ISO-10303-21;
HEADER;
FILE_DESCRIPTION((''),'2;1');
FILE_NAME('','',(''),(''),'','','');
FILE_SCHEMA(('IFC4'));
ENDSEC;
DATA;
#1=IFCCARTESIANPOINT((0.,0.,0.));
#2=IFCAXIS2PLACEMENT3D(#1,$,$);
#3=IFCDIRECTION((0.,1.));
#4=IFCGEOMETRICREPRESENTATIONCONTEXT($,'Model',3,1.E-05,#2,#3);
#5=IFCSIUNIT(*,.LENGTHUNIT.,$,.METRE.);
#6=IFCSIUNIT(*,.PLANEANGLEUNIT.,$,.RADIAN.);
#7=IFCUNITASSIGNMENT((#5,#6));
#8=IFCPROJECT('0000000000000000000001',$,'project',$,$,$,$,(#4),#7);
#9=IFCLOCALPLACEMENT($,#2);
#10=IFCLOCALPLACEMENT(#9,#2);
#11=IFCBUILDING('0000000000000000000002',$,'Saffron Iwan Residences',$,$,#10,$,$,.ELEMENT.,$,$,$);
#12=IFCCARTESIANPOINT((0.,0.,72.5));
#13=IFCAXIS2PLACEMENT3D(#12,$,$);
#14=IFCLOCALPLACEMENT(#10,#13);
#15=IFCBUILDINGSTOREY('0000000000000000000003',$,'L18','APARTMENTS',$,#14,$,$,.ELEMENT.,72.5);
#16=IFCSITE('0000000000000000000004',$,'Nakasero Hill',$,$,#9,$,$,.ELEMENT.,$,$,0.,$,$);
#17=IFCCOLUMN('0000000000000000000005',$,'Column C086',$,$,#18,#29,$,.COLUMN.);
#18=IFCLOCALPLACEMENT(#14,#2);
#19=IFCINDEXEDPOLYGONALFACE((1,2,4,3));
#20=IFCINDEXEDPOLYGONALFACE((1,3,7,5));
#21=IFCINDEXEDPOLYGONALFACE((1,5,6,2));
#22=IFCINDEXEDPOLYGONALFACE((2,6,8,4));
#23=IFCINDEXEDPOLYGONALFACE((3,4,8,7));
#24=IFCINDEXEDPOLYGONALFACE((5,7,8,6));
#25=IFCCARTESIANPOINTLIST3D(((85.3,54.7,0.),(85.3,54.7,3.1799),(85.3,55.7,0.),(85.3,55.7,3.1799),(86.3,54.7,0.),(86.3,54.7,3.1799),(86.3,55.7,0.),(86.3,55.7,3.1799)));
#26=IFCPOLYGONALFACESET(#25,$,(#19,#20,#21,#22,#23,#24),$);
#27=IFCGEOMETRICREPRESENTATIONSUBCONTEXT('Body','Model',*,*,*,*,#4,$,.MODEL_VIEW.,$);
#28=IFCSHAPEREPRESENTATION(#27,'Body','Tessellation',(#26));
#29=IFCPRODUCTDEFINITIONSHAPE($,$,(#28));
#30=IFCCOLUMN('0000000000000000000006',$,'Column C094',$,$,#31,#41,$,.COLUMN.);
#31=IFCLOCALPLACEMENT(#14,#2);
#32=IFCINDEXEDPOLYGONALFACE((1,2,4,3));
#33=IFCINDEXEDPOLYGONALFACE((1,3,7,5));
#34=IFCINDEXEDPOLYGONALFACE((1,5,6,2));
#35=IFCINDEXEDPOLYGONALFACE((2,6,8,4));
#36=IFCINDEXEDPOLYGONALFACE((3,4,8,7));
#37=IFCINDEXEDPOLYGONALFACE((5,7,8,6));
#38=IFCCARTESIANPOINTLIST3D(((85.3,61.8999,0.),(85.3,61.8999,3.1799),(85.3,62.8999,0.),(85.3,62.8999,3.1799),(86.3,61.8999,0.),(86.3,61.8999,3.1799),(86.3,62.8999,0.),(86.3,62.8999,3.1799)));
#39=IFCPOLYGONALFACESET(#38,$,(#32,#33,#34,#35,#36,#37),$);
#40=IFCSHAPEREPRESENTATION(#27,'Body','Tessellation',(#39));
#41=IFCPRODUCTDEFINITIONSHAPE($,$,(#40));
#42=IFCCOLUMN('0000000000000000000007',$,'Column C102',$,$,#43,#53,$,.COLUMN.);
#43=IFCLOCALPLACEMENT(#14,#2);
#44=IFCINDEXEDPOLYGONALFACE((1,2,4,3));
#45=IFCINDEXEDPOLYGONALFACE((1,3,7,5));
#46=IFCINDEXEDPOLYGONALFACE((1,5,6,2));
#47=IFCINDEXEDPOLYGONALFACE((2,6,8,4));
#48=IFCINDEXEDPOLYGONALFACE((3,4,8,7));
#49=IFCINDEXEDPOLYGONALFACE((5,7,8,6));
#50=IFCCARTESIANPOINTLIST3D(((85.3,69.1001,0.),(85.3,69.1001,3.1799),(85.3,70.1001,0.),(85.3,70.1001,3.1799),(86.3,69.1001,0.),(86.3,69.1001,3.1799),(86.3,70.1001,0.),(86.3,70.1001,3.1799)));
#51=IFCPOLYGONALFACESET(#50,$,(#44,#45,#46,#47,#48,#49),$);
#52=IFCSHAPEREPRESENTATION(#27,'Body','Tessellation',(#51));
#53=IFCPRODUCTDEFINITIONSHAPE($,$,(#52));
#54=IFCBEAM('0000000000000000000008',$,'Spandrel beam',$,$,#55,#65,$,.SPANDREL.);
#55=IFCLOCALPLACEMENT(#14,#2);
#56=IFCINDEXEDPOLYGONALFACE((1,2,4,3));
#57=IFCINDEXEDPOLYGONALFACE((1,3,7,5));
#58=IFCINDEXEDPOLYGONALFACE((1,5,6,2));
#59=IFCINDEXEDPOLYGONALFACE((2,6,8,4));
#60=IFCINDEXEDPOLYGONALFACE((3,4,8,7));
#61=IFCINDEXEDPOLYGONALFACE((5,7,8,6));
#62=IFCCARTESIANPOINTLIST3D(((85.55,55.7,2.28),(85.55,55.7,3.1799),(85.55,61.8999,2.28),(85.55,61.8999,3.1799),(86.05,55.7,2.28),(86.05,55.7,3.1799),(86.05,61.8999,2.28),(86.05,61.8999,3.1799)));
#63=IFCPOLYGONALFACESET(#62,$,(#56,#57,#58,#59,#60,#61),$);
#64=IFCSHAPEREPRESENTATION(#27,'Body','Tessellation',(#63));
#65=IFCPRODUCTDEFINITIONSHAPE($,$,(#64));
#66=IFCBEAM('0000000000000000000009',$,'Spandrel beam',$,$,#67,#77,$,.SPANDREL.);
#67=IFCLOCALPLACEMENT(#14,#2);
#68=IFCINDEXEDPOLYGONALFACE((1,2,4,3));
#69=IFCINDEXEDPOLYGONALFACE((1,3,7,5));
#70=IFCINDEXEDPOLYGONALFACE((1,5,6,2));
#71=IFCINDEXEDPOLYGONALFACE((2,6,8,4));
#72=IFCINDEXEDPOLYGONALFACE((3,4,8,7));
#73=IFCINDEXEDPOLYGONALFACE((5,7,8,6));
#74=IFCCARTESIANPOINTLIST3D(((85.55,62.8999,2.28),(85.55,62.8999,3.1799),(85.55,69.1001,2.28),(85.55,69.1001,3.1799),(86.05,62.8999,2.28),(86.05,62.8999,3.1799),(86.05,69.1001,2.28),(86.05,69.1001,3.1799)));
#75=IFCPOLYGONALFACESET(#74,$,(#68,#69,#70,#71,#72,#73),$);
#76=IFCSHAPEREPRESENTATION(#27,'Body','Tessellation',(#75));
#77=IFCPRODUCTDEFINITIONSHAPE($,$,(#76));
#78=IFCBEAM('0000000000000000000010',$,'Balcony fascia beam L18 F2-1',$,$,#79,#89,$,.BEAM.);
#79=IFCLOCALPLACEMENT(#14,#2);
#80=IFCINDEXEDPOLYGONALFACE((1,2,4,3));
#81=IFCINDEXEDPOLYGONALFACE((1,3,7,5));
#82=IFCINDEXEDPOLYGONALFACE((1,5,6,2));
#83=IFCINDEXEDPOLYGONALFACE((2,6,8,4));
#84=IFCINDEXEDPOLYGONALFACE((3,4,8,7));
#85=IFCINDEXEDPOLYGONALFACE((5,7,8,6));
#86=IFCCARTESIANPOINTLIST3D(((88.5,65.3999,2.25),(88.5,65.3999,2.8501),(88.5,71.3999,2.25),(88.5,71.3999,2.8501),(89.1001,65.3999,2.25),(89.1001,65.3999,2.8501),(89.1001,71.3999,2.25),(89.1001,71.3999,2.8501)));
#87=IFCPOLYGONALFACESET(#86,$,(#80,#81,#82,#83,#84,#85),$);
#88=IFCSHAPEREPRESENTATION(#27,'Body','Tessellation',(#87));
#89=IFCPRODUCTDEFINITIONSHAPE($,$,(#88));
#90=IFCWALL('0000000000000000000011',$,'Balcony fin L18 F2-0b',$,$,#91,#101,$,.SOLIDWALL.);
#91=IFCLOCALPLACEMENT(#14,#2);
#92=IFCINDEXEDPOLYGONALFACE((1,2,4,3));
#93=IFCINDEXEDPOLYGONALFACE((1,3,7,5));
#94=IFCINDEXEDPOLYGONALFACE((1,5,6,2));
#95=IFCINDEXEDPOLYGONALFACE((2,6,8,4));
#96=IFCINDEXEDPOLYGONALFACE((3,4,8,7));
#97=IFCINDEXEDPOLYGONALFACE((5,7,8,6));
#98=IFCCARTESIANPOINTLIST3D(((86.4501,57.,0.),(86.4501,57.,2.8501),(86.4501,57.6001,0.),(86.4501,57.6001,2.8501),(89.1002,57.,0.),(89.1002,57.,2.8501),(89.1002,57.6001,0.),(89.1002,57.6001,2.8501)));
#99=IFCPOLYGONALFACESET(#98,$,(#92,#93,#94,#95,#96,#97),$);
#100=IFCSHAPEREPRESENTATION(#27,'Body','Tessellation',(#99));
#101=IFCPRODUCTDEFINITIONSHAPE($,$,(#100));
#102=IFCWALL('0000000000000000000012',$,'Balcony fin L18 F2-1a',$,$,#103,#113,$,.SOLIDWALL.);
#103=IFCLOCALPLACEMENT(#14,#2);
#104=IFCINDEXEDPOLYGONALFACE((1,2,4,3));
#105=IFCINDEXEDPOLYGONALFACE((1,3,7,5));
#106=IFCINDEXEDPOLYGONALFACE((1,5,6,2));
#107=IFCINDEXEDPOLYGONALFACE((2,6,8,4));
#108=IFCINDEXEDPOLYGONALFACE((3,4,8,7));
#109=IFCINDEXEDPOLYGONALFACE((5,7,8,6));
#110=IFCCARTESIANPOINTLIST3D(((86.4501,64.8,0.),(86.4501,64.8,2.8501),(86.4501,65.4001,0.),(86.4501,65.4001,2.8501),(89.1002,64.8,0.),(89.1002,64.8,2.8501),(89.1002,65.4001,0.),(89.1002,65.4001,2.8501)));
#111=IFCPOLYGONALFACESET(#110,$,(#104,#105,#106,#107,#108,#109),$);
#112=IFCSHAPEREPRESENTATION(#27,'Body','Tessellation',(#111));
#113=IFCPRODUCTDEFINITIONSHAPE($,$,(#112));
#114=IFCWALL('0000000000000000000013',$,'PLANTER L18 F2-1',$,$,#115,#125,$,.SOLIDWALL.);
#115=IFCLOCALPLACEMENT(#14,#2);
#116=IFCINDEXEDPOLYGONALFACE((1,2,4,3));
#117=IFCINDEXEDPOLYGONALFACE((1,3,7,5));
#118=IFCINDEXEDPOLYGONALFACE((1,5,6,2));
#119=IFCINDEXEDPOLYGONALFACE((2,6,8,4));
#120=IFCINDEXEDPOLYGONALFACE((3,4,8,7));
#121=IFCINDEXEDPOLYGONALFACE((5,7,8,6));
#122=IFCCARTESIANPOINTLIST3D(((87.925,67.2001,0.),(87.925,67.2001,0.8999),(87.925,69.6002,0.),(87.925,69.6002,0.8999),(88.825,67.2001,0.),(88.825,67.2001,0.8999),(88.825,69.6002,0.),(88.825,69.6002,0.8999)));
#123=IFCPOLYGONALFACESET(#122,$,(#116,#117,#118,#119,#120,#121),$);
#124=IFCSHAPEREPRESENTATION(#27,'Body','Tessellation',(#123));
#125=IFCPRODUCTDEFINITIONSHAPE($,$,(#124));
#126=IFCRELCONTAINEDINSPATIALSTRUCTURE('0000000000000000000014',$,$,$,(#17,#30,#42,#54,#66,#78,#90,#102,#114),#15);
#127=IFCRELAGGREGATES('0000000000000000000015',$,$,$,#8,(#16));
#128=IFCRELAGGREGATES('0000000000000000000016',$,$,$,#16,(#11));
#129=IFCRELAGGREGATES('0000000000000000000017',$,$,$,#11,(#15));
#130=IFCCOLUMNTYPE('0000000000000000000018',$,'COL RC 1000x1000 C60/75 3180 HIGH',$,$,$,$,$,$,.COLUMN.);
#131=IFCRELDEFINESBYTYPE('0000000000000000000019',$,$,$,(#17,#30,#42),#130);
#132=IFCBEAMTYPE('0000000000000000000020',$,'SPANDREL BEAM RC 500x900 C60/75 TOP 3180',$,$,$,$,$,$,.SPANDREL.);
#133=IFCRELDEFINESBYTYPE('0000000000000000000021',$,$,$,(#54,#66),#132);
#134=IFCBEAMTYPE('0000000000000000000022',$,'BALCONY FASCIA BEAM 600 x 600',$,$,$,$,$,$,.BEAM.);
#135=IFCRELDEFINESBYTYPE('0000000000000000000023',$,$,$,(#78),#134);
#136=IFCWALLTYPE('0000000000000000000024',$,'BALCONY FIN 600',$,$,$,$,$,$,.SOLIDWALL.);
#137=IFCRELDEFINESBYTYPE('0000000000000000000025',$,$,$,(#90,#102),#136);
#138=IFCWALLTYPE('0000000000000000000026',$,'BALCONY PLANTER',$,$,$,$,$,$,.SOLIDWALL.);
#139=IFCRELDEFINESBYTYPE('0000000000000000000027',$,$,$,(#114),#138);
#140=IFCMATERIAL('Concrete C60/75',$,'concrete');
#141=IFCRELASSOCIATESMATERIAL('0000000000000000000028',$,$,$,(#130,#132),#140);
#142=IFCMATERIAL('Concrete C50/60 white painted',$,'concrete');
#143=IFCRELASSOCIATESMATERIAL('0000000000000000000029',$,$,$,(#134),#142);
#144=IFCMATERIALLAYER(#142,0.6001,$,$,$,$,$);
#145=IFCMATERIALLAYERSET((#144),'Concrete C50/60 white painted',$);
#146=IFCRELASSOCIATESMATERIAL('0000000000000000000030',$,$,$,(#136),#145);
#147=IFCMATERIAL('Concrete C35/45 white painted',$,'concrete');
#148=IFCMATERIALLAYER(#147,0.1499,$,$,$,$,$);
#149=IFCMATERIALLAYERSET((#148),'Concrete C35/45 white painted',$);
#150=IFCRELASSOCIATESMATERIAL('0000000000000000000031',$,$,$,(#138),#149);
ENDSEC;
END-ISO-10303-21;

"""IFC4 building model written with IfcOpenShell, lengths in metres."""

from ifc_helpers import new_model, si_unit, direction, frame, frame_2d, origin, origin_2d, place, context, subcontext, project, spatial, rectangle, extrude, source, transform, mapped, material, layer, layer_set, material_profile, profile_set, type_object, element, save


model = new_model("IFC4")

# Units and contexts
model_context = context("Model", 3, precision=1e-05, world=origin(), true_north=direction((0.0, 1.0)))
body_context = subcontext(model_context, "Body", "Model", "MODEL_VIEW")
ifc_project = project(units=[si_unit("LENGTHUNIT", "METRE"), si_unit("PLANEANGLEUNIT", "RADIAN")], contexts=[model_context])

# Site, building, storey
site_placement = place(None, origin())
site = spatial("IfcSite", under=ifc_project, at=site_placement, Name="Nakasero Hill", CompositionType="ELEMENT", RefElevation=0.0)
building_placement = place(site_placement, origin())
building = spatial("IfcBuilding", under=site, at=building_placement, Name="Saffron Iwan Residences", CompositionType="ELEMENT")
storey_placement = place(building_placement, frame((0.0, 0.0, 72.5)))
storey = spatial("IfcBuildingStorey", under=building, at=storey_placement, Name="L18", Description="APARTMENTS", CompositionType="ELEMENT", Elevation=72.5)

# Columns
ifc_material_1 = material(Name="Concrete C60/75", Category="concrete")
ifc_material_profile_1 = material_profile(ifc_material_1, rectangle(XDim=1.0, YDim=1.0, at=origin_2d()), Name="RC 1000x1000")
ifc_profile_set_1 = profile_set([ifc_material_profile_1], Name="Concrete C60/75")
column_type = type_object("IfcColumnType", Name="COL RC 1000x1000 C60/75 3180 HIGH", PredefinedType="COLUMN", material=ifc_profile_set_1)
shared_shape_1 = source(origin(), body_context, "Body", "SweptSolid", [
    extrude(rectangle(XDim=1.0, YDim=1.0, at=origin_2d()), origin(), (0.0, 0.0, 1.0), 3.1799),
])
for number, where, z_axis, x_axis, name in (
    (1, (85.8, 55.2, 0.0), (0.0, 0.0, 1.0), (1.0, 0.0, 0.0), "Column C086"),
    (2, (85.8, 62.3999, 0.0), (0.0, 0.0, 1.0), (1.0, 0.0, 0.0), "Column C094"),
    (3, (85.8, 69.6001, 0.0), (0.0, 0.0, 1.0), (1.0, 0.0, 0.0), "Column C102"),
):
    element("IfcColumn", number, at=place(storey_placement, frame(where, z_axis=z_axis, x_axis=x_axis)), inside=storey, type_object=column_type, Name=name, PredefinedType="COLUMN", context=body_context, shape_type="MappedRepresentation", body=[
        mapped(shared_shape_1, transform((0.0, 0.0, 0.0))),
    ])

# Beams
ifc_material_profile_2 = material_profile(ifc_material_1, rectangle(XDim=0.5, YDim=0.8999, at=origin_2d()), Name="RC 500x900")
ifc_profile_set_2 = profile_set([ifc_material_profile_2], Name="Concrete C60/75")
beam_type_1 = type_object("IfcBeamType", Name="SPANDREL BEAM RC 500x900 C60/75 TOP 3180", PredefinedType="SPANDREL", material=ifc_profile_set_2)
shared_shape_2 = source(origin(), body_context, "Body", "SweptSolid", [
    extrude(rectangle(XDim=0.5, YDim=0.8999, at=origin_2d()), origin(), (0.0, 0.0, 1.0), 6.2),
])
beam_1_placement = place(storey_placement, frame((85.8, 61.8999, 2.73), z_axis=(0.0, -1.0, 0.0), x_axis=(1.0, 0.0, 0.0)))
element("IfcBeam", 4, at=beam_1_placement, inside=storey, type_object=beam_type_1, Name="Spandrel beam", PredefinedType="SPANDREL", context=body_context, shape_type="MappedRepresentation", body=[
    mapped(shared_shape_2, transform((0.0, 0.0, 0.0))),
])
shared_shape_3 = source(origin(), body_context, "Body", "SweptSolid", [
    extrude(rectangle(XDim=0.5, YDim=0.8999, at=origin_2d()), origin(), (0.0, 0.0, 1.0), 6.2002),
])
beam_2_placement = place(storey_placement, frame((85.8, 69.1001, 2.73), z_axis=(0.0, -1.0, 0.0), x_axis=(1.0, 0.0, 0.0)))
element("IfcBeam", 5, at=beam_2_placement, inside=storey, type_object=beam_type_1, Name="Spandrel beam", PredefinedType="SPANDREL", context=body_context, shape_type="MappedRepresentation", body=[
    mapped(shared_shape_3, transform((0.0, 0.0, 0.0))),
])
ifc_material_2 = material(Name="Concrete C50/60 white painted", Category="concrete")
ifc_material_profile_3 = material_profile(ifc_material_2, rectangle(XDim=0.6001, YDim=0.6001, at=origin_2d()), Name="BALCONY FASCIA BEAM 600 x 600")
ifc_profile_set_3 = profile_set([ifc_material_profile_3], Name="Concrete C50/60 white painted")
beam_type_2 = type_object("IfcBeamType", Name="BALCONY FASCIA BEAM 600 x 600", PredefinedType="BEAM", material=ifc_profile_set_3)
shared_shape_4 = source(origin(), body_context, "Body", "SweptSolid", [
    extrude(rectangle(XDim=0.6001, YDim=0.6001, at=origin_2d()), origin(), (0.0, 0.0, 1.0), 6.0),
])
beam_3_placement = place(storey_placement, frame((88.8, 65.3999, 2.55), z_axis=(0.0, 1.0, 0.0), x_axis=(-1.0, 0.0, 0.0)))
element("IfcBeam", 6, at=beam_3_placement, inside=storey, type_object=beam_type_2, Name="Balcony fascia beam L18 F2-1", PredefinedType="BEAM", context=body_context, shape_type="MappedRepresentation", body=[
    mapped(shared_shape_4, transform((0.0, 0.0, 0.0))),
])

# Walls
ifc_layer_1 = layer(ifc_material_2, 0.6001)
ifc_layer_set_1 = layer_set([ifc_layer_1], Name="Concrete C50/60 white painted")
wall_type_1 = type_object("IfcWallType", Name="BALCONY FIN 600", PredefinedType="SOLIDWALL", material=ifc_layer_set_1)
for number, where, z_axis, x_axis, name in (
    (7, (86.45, 57.3, 0.0), (0.0, 0.0, 1.0), (1.0, 0.0, 0.0), "Balcony fin L18 F2-0b"),
    (8, (86.45, 65.1001, 0.0), (0.0, 0.0, 1.0), (1.0, 0.0, 0.0), "Balcony fin L18 F2-1a"),
):
    element("IfcWall", number, at=place(storey_placement, frame(where, z_axis=z_axis, x_axis=x_axis)), inside=storey, type_object=wall_type_1, Name=name, PredefinedType="SOLIDWALL", context=body_context, shape_type="SweptSolid", body=[
        extrude(rectangle(XDim=2.6501, YDim=0.6001, at=frame_2d((1.3252, 0.0))), origin(), (0.0, 0.0, 1.0), 2.8501),
    ])
ifc_material_3 = material(Name="Concrete C35/45 white painted", Category="concrete")
ifc_layer_2 = layer(ifc_material_3, 0.1499)
ifc_layer_set_2 = layer_set([ifc_layer_2], Name="Concrete C35/45 white painted")
wall_type_2 = type_object("IfcWallType", Name="BALCONY PLANTER", PredefinedType="SOLIDWALL", material=ifc_layer_set_2)
wall_1_placement = place(storey_placement, frame((88.375, 67.2, 0.0), z_axis=(0.0, 0.0, 1.0), x_axis=(0.0, 1.0, 0.0)))
element("IfcWall", 9, at=wall_1_placement, inside=storey, type_object=wall_type_2, Name="PLANTER L18 F2-1", PredefinedType="SOLIDWALL", context=body_context, shape_type="SweptSolid", body=[
    extrude(rectangle(XDim=2.4001, YDim=0.8999, at=frame_2d((1.2002, 0.0))), origin(), (0.0, 0.0, 1.0), 0.8999),
])

save(model, "model.ifc")
